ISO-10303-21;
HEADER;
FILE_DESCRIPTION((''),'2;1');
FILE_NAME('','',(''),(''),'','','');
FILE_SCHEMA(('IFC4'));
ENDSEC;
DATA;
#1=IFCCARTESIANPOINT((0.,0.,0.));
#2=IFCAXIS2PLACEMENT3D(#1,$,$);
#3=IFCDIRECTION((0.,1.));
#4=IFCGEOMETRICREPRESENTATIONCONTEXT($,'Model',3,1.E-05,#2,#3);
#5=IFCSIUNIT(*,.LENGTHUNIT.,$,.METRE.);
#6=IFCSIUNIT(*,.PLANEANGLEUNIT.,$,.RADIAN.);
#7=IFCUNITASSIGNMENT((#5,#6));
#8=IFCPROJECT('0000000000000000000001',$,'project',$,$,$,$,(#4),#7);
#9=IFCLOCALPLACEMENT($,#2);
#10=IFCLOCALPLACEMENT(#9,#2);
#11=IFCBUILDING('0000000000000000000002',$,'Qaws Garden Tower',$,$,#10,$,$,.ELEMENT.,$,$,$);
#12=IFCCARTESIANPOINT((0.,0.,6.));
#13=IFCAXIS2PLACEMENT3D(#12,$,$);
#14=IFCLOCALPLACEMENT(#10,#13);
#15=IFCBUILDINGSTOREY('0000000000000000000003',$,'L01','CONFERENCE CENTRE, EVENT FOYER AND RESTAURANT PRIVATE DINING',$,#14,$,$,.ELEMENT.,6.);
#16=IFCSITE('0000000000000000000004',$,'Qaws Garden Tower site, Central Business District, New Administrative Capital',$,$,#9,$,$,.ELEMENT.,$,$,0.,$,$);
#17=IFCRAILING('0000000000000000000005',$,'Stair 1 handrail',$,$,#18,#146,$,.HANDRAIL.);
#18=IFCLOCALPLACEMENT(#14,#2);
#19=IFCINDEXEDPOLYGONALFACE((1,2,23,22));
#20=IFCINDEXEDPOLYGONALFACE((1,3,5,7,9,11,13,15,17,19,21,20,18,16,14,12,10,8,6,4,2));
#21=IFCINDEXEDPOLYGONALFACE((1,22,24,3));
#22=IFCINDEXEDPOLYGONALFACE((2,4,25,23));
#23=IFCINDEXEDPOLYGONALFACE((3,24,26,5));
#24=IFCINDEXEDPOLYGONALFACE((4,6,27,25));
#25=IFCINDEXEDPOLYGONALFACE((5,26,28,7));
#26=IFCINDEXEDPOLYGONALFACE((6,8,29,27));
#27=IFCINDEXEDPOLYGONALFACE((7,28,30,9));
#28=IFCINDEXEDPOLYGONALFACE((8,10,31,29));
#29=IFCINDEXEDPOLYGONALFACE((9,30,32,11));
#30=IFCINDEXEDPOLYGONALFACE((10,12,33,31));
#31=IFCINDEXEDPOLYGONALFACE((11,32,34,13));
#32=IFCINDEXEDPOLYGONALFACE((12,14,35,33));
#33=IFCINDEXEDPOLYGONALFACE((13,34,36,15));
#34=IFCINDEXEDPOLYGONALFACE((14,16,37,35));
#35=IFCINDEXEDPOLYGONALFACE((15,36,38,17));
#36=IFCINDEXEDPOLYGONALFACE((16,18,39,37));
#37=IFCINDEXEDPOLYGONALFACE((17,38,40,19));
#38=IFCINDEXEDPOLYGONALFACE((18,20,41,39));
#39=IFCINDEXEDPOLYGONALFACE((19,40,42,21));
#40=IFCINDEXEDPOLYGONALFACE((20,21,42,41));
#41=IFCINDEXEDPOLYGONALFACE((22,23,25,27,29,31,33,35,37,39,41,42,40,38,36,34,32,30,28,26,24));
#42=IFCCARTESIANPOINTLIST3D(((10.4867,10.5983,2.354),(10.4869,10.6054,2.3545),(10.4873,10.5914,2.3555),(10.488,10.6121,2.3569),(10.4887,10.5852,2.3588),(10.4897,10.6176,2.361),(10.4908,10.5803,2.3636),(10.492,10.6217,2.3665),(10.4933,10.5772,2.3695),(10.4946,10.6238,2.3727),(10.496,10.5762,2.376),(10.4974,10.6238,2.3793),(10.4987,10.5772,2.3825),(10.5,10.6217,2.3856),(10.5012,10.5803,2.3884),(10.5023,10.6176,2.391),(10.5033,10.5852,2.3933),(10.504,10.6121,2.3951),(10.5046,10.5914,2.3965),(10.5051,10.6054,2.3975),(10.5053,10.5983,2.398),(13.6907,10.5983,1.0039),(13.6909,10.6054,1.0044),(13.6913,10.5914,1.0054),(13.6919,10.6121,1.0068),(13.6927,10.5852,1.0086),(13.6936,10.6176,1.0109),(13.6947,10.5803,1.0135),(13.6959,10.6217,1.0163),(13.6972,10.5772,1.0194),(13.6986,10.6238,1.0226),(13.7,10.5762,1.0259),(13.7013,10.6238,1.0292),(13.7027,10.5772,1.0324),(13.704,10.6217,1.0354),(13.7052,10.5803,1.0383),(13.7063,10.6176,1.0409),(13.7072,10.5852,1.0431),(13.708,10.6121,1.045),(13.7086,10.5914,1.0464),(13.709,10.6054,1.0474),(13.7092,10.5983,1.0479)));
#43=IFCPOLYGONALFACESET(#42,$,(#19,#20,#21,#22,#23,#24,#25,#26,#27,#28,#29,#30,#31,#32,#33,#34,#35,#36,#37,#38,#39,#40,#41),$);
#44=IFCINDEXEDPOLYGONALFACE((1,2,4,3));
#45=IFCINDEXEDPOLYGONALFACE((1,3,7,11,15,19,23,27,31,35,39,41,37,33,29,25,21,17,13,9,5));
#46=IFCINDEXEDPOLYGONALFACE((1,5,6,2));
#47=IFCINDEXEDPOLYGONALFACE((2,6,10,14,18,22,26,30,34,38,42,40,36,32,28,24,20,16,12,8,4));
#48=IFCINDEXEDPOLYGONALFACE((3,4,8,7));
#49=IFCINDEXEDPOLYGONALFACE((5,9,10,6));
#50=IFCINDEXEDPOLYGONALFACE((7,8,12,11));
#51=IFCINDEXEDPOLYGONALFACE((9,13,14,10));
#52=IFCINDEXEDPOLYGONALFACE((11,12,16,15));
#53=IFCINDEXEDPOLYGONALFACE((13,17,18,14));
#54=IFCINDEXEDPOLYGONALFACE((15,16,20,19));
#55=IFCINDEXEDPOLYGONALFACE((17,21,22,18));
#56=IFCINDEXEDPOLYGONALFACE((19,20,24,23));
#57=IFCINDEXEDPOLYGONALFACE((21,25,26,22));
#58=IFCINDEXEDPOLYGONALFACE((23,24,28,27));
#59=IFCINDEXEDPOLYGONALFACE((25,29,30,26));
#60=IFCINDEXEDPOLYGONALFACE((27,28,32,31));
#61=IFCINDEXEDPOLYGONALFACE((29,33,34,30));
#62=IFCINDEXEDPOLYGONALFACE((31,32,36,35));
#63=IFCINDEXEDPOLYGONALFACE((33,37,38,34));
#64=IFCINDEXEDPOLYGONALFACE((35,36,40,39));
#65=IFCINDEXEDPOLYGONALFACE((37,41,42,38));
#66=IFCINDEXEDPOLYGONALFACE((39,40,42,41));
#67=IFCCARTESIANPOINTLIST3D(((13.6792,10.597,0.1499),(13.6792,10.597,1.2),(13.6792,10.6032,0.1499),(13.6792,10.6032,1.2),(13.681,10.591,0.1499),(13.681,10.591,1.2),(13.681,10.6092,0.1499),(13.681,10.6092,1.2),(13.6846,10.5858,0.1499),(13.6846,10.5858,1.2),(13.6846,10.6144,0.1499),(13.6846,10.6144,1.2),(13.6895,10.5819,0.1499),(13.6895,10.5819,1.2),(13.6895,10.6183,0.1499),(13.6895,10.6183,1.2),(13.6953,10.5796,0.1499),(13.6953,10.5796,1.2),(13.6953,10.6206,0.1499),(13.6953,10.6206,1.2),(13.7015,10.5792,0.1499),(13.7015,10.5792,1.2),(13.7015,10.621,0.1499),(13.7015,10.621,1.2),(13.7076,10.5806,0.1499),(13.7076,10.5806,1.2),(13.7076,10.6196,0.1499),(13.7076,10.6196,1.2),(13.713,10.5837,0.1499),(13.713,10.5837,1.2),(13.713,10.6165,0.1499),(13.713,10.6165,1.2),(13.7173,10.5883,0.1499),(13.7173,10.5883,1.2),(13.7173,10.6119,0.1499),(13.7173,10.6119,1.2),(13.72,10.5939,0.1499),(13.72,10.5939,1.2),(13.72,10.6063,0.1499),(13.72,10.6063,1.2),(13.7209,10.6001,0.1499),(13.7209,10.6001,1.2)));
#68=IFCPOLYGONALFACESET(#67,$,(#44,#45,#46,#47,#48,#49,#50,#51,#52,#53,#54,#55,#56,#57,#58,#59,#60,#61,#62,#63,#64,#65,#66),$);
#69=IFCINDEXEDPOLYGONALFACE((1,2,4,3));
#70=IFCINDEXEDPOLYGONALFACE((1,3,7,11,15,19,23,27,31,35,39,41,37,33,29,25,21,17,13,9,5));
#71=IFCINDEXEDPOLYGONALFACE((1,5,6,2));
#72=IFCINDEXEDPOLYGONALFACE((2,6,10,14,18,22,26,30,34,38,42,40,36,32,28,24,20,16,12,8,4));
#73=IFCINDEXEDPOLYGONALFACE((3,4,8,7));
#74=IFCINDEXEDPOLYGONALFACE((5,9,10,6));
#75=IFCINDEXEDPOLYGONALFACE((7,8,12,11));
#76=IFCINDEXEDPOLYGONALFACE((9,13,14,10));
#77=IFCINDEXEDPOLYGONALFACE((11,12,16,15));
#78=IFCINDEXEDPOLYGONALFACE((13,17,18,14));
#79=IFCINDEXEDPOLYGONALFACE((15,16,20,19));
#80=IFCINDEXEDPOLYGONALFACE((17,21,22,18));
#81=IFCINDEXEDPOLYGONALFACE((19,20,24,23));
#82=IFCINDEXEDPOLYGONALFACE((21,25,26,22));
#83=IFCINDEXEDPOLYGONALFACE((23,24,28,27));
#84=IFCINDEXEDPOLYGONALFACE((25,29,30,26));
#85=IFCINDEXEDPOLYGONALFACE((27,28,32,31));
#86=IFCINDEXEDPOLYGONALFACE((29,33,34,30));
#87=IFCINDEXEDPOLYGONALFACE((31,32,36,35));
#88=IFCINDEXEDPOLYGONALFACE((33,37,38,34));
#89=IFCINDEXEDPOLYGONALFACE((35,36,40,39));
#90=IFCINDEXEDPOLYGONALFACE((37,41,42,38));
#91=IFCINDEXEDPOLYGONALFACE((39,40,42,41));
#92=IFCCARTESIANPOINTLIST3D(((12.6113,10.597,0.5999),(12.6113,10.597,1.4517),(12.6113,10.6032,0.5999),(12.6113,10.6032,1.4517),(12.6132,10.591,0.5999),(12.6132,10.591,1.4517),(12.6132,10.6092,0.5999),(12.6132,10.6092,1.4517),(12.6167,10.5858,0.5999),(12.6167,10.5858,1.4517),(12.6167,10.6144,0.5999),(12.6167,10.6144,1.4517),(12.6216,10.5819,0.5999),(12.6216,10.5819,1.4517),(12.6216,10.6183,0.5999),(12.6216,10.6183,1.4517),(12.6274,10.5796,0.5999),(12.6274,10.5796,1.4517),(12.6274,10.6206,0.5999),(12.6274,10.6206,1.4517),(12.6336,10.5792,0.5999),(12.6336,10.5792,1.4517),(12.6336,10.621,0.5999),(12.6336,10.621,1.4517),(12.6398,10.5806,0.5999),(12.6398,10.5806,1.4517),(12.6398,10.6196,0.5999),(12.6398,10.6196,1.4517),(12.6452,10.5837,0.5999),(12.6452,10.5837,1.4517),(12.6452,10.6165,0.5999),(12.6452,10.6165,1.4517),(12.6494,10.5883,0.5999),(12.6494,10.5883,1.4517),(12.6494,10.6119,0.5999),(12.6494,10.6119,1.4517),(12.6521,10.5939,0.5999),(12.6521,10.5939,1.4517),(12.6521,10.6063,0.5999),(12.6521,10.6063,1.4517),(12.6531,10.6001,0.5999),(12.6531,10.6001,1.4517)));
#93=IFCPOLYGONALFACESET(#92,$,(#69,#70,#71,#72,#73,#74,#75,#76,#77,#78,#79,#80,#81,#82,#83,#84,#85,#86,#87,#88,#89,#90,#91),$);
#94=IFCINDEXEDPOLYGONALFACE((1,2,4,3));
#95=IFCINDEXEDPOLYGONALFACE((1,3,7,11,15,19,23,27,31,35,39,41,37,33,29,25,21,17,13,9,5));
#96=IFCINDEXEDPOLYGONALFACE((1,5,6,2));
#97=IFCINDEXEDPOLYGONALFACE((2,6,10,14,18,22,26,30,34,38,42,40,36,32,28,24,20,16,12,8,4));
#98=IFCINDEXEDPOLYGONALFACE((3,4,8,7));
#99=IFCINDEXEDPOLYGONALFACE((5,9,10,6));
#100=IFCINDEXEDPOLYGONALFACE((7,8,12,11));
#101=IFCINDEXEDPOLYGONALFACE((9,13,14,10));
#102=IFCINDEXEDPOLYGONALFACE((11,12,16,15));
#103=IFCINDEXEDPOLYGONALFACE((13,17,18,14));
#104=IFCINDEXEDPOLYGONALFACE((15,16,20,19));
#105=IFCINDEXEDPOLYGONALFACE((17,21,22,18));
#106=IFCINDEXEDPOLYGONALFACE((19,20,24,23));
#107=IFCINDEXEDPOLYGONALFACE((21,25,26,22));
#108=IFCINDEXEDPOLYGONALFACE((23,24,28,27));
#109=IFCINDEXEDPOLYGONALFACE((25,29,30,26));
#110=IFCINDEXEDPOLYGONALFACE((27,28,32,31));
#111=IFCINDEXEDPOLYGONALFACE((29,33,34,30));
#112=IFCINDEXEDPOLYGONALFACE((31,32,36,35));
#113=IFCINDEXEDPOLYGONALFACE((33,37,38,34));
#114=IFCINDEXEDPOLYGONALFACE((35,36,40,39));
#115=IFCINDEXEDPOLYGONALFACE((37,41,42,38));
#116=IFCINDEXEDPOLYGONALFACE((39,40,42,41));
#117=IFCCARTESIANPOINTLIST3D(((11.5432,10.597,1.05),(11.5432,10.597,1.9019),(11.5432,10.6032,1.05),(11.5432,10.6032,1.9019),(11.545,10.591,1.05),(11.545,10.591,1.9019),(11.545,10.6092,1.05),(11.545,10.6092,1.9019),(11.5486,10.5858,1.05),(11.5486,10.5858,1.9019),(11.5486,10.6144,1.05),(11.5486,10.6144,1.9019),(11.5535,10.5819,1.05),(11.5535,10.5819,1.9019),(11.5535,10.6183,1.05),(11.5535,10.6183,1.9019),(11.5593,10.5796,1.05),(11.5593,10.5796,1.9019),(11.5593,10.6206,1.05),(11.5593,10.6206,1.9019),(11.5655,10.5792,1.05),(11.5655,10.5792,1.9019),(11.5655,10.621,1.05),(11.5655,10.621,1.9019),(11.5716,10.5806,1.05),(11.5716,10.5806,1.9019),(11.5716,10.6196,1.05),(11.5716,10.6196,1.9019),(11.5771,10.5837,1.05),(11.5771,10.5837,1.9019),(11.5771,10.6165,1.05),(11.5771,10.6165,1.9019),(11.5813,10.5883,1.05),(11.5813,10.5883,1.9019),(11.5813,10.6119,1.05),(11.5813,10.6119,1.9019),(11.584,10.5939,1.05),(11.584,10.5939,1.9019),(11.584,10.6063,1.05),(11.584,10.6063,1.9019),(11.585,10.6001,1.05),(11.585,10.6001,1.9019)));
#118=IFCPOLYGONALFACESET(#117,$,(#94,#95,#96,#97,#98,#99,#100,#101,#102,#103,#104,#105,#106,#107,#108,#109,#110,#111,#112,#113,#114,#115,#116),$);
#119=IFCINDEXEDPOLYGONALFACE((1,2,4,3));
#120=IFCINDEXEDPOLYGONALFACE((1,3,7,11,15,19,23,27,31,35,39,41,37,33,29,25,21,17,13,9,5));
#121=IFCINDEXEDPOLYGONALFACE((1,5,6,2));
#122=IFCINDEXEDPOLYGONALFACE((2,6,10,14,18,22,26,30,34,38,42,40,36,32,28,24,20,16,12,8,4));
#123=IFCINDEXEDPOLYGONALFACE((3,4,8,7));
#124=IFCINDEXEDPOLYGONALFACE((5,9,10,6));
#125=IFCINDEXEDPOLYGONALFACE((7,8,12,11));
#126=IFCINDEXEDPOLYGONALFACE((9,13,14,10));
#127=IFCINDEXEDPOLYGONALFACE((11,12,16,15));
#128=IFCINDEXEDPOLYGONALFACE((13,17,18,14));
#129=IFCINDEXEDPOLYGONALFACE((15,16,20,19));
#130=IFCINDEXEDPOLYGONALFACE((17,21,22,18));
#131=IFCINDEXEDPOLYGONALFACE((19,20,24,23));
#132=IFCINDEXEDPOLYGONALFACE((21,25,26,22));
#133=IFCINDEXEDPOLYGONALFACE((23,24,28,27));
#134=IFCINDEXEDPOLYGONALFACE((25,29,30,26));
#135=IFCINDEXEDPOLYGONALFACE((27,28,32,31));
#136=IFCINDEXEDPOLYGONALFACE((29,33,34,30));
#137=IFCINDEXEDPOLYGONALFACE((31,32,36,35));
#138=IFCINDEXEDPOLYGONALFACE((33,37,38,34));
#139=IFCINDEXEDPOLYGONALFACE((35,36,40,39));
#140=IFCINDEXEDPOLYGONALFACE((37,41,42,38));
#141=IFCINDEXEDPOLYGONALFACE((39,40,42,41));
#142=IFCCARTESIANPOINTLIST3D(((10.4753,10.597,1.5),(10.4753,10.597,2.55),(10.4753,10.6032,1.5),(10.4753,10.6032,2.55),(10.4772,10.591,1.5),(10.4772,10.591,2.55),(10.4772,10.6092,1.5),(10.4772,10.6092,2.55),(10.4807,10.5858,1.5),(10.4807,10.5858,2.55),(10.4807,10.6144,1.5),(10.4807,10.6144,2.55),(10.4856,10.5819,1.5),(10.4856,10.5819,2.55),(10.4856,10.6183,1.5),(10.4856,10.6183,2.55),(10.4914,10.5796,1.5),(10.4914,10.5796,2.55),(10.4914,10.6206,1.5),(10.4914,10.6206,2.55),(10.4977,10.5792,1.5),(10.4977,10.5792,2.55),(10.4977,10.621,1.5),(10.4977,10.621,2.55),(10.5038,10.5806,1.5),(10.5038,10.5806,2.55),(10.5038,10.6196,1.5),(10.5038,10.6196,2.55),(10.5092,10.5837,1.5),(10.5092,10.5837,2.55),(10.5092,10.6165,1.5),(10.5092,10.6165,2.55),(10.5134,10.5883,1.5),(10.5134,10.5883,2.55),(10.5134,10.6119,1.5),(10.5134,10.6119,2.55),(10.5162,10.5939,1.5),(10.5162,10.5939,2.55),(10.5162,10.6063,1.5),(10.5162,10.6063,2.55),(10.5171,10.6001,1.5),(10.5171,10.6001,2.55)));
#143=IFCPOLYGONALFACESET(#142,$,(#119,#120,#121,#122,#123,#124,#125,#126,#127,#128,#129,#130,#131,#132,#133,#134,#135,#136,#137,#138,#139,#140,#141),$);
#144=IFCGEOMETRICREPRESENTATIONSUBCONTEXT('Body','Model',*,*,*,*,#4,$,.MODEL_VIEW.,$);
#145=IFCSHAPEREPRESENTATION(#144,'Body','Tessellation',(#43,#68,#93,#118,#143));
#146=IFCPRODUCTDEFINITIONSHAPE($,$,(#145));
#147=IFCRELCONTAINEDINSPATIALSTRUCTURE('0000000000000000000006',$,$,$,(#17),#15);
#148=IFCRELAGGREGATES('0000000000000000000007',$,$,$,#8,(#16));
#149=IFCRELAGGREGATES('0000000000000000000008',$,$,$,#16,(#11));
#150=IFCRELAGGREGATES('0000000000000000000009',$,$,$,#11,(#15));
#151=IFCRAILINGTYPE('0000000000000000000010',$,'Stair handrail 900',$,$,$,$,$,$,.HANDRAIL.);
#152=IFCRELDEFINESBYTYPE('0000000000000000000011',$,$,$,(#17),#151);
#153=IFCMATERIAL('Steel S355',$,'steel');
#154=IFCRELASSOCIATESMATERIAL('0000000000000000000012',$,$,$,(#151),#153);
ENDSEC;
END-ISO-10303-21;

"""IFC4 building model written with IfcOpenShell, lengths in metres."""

from ifc_helpers import new_model, si_unit, direction, frame, origin, origin_2d, place, context, subcontext, project, spatial, circle, extrude, material, type_object, element, save


model = new_model("IFC4")

# Units and contexts
model_context = context("Model", 3, precision=1e-05, world=origin(), true_north=direction((0.0, 1.0)))
body_context = subcontext(model_context, "Body", "Model", "MODEL_VIEW")
ifc_project = project(units=[si_unit("LENGTHUNIT", "METRE"), si_unit("PLANEANGLEUNIT", "RADIAN")], contexts=[model_context])

# Site, building, storey
site_placement = place(None, origin())
site = spatial("IfcSite", under=ifc_project, at=site_placement, Name="Qaws Garden Tower site, Central Business District, New Administrative Capital", CompositionType="ELEMENT", RefElevation=0.0)
building_placement = place(site_placement, origin())
building = spatial("IfcBuilding", under=site, at=building_placement, Name="Qaws Garden Tower", CompositionType="ELEMENT")
storey_placement = place(building_placement, frame((0.0, 0.0, 6.0)))
storey = spatial("IfcBuildingStorey", under=building, at=storey_placement, Name="L01", Description="CONFERENCE CENTRE, EVENT FOYER AND RESTAURANT PRIVATE DINING", CompositionType="ELEMENT", Elevation=6.0)

# Railing
ifc_material_1 = material(Name="Steel S355", Category="steel")
railing_type = type_object("IfcRailingType", Name="Stair handrail 900", PredefinedType="HANDRAIL", material=ifc_material_1)
railing_1_placement = place(storey_placement, frame((13.7, 10.6001, 0.1499)))
element("IfcRailing", 1, at=railing_1_placement, inside=storey, type_object=railing_type, Name="Stair 1 handrail", PredefinedType="HANDRAIL", context=body_context, shape_type="SweptSolid", body=[
    extrude(circle(Radius=0.0239, at=origin_2d()), frame((0.0, 0.0, 0.876), z_axis=(-0.921522, 0.0, 0.388327), x_axis=(0.0, -1.0, 0.0)), (0.0, 0.0, 1.0), 3.4768),
    extrude(circle(Radius=0.021, at=origin_2d()), origin(), (0.0, 0.0, 1.0), 1.05),
    extrude(circle(Radius=0.021, at=origin_2d()), frame((-1.0679, 0.0, 0.45)), (0.0, 0.0, 1.0), 0.8518),
    extrude(circle(Radius=0.021, at=origin_2d()), frame((-2.136, 0.0, 0.9001)), (0.0, 0.0, 1.0), 0.8518),
    extrude(circle(Radius=0.021, at=origin_2d()), frame((-3.2039, 0.0, 1.3501)), (0.0, 0.0, 1.0), 1.05),
])

save(model, "model.ifc")
